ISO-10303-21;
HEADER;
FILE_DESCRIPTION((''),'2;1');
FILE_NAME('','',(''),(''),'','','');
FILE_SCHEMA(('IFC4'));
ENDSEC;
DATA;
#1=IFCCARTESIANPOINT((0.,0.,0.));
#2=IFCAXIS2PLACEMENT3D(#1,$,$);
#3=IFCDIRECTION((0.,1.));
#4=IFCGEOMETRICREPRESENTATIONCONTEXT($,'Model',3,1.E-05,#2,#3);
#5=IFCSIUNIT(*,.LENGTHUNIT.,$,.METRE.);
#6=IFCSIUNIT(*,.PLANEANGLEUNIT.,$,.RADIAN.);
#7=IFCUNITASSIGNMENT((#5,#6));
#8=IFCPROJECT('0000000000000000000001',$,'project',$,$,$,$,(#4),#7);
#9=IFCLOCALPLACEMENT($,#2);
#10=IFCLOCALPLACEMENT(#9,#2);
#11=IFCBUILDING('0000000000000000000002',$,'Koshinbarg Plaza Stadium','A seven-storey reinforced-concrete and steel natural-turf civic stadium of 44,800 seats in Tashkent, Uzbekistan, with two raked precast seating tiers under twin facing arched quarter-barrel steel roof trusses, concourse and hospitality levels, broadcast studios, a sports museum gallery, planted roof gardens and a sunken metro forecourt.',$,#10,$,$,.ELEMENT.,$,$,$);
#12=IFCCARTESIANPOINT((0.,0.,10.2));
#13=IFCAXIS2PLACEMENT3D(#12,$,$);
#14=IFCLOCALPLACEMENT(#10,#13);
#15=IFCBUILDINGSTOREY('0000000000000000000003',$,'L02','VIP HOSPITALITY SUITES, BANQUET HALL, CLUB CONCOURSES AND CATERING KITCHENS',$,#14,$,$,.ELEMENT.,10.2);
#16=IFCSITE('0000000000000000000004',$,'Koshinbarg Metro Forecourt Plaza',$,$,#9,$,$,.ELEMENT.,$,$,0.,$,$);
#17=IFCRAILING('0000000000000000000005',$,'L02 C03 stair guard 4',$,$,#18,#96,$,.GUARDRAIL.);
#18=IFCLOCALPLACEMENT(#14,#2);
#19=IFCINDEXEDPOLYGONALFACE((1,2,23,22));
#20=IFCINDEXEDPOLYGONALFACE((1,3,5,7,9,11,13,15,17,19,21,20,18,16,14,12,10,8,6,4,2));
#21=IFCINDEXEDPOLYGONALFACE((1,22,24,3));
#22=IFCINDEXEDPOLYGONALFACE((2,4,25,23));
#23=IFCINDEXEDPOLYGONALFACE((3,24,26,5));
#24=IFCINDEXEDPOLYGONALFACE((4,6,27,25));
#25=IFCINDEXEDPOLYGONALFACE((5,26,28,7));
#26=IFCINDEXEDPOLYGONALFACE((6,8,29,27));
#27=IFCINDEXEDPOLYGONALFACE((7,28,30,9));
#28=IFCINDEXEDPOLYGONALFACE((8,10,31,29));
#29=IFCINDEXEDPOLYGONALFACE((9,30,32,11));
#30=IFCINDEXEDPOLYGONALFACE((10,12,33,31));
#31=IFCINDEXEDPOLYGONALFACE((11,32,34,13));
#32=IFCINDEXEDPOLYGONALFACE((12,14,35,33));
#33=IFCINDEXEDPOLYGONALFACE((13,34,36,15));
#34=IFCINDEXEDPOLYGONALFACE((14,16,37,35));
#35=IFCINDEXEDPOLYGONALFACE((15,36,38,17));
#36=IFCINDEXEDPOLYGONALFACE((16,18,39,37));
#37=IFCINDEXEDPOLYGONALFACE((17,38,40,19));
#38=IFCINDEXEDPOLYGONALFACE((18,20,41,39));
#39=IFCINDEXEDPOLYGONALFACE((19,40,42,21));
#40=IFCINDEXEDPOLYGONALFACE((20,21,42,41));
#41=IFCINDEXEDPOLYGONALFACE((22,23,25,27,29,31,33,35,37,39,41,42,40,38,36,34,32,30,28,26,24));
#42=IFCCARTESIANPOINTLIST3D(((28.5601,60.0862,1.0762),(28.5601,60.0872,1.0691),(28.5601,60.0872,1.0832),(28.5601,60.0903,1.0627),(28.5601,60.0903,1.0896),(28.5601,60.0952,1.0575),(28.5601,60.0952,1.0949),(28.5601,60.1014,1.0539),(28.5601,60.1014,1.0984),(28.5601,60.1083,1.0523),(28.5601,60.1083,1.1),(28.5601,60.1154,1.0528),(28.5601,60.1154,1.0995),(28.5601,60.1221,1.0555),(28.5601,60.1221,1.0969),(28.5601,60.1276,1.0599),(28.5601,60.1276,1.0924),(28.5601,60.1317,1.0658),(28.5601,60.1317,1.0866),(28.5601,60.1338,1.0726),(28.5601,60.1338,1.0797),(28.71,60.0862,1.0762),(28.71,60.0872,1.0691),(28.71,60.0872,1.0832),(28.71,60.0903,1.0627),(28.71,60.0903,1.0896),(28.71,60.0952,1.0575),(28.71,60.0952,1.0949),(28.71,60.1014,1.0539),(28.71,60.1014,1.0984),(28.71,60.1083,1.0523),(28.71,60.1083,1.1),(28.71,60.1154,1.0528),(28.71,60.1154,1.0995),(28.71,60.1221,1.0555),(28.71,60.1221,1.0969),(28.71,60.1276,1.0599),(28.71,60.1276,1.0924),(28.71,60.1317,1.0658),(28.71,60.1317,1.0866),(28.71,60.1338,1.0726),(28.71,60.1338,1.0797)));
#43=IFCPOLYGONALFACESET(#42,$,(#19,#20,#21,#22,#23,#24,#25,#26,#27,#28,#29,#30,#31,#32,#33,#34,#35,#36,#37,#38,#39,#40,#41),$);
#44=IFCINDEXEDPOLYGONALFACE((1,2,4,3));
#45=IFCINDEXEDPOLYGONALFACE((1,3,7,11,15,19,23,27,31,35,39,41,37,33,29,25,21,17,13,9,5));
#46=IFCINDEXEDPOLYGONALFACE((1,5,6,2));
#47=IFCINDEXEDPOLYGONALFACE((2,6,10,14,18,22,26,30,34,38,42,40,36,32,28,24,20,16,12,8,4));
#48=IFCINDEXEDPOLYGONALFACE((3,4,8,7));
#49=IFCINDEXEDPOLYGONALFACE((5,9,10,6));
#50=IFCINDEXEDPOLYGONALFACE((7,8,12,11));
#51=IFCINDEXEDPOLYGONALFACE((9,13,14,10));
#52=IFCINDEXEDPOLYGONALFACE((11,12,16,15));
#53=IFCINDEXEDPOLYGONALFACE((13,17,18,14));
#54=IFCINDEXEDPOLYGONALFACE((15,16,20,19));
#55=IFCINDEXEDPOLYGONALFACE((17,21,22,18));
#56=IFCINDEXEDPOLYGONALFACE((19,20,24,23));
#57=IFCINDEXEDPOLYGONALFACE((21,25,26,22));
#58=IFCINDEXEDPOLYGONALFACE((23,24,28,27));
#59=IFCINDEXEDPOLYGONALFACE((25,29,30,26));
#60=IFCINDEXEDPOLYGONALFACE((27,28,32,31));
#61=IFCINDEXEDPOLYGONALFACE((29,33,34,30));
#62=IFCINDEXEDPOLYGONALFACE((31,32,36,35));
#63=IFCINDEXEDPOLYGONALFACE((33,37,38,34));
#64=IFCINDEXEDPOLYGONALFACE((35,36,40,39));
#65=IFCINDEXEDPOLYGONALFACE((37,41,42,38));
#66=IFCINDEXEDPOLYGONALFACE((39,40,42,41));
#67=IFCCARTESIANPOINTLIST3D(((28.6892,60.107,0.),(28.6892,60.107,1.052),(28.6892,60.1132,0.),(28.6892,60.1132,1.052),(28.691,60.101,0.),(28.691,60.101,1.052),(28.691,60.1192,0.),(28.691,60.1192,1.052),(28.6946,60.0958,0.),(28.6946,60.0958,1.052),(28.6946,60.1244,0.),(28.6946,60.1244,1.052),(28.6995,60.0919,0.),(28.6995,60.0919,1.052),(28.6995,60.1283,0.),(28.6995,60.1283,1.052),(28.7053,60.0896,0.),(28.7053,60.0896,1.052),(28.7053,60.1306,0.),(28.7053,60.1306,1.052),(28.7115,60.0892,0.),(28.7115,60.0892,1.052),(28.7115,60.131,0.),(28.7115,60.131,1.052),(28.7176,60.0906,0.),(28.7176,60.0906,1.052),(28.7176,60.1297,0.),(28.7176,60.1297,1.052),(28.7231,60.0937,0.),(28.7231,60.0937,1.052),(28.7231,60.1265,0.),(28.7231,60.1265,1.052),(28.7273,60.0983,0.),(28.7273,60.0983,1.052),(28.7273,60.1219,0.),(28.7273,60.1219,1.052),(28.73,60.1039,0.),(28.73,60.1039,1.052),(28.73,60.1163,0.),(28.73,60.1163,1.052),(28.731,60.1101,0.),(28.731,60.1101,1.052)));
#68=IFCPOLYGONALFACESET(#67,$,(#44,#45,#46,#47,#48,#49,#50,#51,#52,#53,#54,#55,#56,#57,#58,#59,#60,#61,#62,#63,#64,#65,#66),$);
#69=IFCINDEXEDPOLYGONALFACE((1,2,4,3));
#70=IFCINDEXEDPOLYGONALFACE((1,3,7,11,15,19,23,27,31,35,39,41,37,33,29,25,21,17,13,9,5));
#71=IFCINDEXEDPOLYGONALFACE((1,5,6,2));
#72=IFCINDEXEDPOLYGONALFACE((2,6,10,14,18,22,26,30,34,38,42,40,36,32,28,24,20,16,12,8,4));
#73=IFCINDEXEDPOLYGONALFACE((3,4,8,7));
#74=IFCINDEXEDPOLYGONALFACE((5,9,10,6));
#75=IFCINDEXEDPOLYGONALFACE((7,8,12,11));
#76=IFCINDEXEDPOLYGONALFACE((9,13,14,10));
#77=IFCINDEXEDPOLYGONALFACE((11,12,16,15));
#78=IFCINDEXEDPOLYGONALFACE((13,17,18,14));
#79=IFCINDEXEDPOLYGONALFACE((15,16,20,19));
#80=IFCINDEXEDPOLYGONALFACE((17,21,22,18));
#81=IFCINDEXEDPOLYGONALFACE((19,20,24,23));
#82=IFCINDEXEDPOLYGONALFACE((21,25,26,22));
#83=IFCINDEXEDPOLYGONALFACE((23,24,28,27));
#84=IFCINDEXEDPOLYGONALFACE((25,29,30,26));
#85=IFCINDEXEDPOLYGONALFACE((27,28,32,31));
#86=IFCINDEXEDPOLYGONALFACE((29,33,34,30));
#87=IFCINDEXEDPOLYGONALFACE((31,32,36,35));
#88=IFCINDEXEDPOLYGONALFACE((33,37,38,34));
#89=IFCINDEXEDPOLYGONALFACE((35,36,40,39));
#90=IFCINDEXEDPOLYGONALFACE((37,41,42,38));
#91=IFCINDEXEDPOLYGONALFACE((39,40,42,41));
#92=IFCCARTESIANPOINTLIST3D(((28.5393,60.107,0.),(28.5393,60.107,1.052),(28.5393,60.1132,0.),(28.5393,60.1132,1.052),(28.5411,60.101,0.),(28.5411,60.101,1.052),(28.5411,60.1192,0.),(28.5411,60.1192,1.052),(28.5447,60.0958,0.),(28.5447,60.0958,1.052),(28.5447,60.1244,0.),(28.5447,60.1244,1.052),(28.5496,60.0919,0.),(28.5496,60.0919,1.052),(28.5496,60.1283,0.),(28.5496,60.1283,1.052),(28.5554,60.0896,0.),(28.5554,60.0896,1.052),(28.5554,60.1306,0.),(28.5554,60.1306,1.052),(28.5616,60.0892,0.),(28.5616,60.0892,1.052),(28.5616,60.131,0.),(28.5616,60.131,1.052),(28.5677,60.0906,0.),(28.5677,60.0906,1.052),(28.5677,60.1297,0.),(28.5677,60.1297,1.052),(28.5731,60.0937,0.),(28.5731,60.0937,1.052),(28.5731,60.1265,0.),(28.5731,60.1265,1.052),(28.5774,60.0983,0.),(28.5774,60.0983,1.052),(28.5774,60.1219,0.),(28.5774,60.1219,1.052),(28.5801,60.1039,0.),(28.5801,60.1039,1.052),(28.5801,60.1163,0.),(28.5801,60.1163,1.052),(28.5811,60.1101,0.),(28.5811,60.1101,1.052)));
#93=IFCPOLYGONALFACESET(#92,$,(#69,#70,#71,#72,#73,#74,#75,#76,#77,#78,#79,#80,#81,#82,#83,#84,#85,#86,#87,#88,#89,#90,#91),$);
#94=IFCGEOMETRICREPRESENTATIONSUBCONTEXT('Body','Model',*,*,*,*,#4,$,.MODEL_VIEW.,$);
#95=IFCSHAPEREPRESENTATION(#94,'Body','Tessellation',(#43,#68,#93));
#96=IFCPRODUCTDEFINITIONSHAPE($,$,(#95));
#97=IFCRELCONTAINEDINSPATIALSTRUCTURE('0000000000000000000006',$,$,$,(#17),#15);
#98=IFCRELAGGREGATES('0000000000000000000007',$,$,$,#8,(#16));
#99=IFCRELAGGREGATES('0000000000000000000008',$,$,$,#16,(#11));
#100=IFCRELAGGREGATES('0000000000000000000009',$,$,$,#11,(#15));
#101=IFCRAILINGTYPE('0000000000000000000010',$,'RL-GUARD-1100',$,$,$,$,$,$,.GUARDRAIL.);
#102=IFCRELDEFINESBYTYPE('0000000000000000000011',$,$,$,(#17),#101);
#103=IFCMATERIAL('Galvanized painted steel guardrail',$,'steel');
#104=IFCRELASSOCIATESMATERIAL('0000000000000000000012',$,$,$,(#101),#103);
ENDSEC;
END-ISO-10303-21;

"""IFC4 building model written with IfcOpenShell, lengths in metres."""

from ifc_helpers import new_model, si_unit, direction, frame, origin, origin_2d, place, context, subcontext, project, spatial, circle, extrude, material, type_object, element, save


model = new_model("IFC4")

# Units and contexts
model_context = context("Model", 3, precision=1e-05, world=origin(), true_north=direction((0.0, 1.0)))
body_context = subcontext(model_context, "Body", "Model", "MODEL_VIEW")
ifc_project = project(units=[si_unit("LENGTHUNIT", "METRE"), si_unit("PLANEANGLEUNIT", "RADIAN")], contexts=[model_context])

# Site, building, storey
site_placement = place(None, origin())
site = spatial("IfcSite", under=ifc_project, at=site_placement, Name="Koshinbarg Metro Forecourt Plaza", CompositionType="ELEMENT", RefElevation=0.0)
building_placement = place(site_placement, origin())
building = spatial("IfcBuilding", under=site, at=building_placement, Name="Koshinbarg Plaza Stadium", Description="A seven-storey reinforced-concrete and steel natural-turf civic stadium of 44,800 seats in Tashkent, Uzbekistan, with two raked precast seating tiers under twin facing arched quarter-barrel steel roof trusses, concourse and hospitality levels, broadcast studios, a sports museum gallery, planted roof gardens and a sunken metro forecourt.", CompositionType="ELEMENT")
storey_placement = place(building_placement, frame((0.0, 0.0, 10.2)))
storey = spatial("IfcBuildingStorey", under=building, at=storey_placement, Name="L02", Description="VIP HOSPITALITY SUITES, BANQUET HALL, CLUB CONCOURSES AND CATERING KITCHENS", CompositionType="ELEMENT", Elevation=10.2)

# Railing
ifc_material_1 = material(Name="Galvanized painted steel guardrail", Category="steel")
railing_type_1 = type_object("IfcRailingType", Name="RL-GUARD-1100", PredefinedType="GUARDRAIL", material=ifc_material_1)
railing_1_placement = place(storey_placement, frame((28.71, 60.1101, 0.0)))
element("IfcRailing", 1, at=railing_1_placement, inside=storey, type_object=railing_type_1, Name="L02 C03 stair guard 4", PredefinedType="GUARDRAIL", context=body_context, shape_type="SweptSolid", body=[
    extrude(circle(Radius=0.0239, at=origin_2d()), frame((0.0, 0.0, 1.0762), z_axis=(-1.0, 0.0, 0.0), x_axis=(0.0, -1.0, 0.0)), (0.0, 0.0, 1.0), 0.1499),
    extrude(circle(Radius=0.021, at=origin_2d()), origin(), (0.0, 0.0, 1.0), 1.052),
    extrude(circle(Radius=0.021, at=origin_2d()), frame((-0.1499, 0.0, 0.0)), (0.0, 0.0, 1.0), 1.052),
])

save(model, "model.ifc")
